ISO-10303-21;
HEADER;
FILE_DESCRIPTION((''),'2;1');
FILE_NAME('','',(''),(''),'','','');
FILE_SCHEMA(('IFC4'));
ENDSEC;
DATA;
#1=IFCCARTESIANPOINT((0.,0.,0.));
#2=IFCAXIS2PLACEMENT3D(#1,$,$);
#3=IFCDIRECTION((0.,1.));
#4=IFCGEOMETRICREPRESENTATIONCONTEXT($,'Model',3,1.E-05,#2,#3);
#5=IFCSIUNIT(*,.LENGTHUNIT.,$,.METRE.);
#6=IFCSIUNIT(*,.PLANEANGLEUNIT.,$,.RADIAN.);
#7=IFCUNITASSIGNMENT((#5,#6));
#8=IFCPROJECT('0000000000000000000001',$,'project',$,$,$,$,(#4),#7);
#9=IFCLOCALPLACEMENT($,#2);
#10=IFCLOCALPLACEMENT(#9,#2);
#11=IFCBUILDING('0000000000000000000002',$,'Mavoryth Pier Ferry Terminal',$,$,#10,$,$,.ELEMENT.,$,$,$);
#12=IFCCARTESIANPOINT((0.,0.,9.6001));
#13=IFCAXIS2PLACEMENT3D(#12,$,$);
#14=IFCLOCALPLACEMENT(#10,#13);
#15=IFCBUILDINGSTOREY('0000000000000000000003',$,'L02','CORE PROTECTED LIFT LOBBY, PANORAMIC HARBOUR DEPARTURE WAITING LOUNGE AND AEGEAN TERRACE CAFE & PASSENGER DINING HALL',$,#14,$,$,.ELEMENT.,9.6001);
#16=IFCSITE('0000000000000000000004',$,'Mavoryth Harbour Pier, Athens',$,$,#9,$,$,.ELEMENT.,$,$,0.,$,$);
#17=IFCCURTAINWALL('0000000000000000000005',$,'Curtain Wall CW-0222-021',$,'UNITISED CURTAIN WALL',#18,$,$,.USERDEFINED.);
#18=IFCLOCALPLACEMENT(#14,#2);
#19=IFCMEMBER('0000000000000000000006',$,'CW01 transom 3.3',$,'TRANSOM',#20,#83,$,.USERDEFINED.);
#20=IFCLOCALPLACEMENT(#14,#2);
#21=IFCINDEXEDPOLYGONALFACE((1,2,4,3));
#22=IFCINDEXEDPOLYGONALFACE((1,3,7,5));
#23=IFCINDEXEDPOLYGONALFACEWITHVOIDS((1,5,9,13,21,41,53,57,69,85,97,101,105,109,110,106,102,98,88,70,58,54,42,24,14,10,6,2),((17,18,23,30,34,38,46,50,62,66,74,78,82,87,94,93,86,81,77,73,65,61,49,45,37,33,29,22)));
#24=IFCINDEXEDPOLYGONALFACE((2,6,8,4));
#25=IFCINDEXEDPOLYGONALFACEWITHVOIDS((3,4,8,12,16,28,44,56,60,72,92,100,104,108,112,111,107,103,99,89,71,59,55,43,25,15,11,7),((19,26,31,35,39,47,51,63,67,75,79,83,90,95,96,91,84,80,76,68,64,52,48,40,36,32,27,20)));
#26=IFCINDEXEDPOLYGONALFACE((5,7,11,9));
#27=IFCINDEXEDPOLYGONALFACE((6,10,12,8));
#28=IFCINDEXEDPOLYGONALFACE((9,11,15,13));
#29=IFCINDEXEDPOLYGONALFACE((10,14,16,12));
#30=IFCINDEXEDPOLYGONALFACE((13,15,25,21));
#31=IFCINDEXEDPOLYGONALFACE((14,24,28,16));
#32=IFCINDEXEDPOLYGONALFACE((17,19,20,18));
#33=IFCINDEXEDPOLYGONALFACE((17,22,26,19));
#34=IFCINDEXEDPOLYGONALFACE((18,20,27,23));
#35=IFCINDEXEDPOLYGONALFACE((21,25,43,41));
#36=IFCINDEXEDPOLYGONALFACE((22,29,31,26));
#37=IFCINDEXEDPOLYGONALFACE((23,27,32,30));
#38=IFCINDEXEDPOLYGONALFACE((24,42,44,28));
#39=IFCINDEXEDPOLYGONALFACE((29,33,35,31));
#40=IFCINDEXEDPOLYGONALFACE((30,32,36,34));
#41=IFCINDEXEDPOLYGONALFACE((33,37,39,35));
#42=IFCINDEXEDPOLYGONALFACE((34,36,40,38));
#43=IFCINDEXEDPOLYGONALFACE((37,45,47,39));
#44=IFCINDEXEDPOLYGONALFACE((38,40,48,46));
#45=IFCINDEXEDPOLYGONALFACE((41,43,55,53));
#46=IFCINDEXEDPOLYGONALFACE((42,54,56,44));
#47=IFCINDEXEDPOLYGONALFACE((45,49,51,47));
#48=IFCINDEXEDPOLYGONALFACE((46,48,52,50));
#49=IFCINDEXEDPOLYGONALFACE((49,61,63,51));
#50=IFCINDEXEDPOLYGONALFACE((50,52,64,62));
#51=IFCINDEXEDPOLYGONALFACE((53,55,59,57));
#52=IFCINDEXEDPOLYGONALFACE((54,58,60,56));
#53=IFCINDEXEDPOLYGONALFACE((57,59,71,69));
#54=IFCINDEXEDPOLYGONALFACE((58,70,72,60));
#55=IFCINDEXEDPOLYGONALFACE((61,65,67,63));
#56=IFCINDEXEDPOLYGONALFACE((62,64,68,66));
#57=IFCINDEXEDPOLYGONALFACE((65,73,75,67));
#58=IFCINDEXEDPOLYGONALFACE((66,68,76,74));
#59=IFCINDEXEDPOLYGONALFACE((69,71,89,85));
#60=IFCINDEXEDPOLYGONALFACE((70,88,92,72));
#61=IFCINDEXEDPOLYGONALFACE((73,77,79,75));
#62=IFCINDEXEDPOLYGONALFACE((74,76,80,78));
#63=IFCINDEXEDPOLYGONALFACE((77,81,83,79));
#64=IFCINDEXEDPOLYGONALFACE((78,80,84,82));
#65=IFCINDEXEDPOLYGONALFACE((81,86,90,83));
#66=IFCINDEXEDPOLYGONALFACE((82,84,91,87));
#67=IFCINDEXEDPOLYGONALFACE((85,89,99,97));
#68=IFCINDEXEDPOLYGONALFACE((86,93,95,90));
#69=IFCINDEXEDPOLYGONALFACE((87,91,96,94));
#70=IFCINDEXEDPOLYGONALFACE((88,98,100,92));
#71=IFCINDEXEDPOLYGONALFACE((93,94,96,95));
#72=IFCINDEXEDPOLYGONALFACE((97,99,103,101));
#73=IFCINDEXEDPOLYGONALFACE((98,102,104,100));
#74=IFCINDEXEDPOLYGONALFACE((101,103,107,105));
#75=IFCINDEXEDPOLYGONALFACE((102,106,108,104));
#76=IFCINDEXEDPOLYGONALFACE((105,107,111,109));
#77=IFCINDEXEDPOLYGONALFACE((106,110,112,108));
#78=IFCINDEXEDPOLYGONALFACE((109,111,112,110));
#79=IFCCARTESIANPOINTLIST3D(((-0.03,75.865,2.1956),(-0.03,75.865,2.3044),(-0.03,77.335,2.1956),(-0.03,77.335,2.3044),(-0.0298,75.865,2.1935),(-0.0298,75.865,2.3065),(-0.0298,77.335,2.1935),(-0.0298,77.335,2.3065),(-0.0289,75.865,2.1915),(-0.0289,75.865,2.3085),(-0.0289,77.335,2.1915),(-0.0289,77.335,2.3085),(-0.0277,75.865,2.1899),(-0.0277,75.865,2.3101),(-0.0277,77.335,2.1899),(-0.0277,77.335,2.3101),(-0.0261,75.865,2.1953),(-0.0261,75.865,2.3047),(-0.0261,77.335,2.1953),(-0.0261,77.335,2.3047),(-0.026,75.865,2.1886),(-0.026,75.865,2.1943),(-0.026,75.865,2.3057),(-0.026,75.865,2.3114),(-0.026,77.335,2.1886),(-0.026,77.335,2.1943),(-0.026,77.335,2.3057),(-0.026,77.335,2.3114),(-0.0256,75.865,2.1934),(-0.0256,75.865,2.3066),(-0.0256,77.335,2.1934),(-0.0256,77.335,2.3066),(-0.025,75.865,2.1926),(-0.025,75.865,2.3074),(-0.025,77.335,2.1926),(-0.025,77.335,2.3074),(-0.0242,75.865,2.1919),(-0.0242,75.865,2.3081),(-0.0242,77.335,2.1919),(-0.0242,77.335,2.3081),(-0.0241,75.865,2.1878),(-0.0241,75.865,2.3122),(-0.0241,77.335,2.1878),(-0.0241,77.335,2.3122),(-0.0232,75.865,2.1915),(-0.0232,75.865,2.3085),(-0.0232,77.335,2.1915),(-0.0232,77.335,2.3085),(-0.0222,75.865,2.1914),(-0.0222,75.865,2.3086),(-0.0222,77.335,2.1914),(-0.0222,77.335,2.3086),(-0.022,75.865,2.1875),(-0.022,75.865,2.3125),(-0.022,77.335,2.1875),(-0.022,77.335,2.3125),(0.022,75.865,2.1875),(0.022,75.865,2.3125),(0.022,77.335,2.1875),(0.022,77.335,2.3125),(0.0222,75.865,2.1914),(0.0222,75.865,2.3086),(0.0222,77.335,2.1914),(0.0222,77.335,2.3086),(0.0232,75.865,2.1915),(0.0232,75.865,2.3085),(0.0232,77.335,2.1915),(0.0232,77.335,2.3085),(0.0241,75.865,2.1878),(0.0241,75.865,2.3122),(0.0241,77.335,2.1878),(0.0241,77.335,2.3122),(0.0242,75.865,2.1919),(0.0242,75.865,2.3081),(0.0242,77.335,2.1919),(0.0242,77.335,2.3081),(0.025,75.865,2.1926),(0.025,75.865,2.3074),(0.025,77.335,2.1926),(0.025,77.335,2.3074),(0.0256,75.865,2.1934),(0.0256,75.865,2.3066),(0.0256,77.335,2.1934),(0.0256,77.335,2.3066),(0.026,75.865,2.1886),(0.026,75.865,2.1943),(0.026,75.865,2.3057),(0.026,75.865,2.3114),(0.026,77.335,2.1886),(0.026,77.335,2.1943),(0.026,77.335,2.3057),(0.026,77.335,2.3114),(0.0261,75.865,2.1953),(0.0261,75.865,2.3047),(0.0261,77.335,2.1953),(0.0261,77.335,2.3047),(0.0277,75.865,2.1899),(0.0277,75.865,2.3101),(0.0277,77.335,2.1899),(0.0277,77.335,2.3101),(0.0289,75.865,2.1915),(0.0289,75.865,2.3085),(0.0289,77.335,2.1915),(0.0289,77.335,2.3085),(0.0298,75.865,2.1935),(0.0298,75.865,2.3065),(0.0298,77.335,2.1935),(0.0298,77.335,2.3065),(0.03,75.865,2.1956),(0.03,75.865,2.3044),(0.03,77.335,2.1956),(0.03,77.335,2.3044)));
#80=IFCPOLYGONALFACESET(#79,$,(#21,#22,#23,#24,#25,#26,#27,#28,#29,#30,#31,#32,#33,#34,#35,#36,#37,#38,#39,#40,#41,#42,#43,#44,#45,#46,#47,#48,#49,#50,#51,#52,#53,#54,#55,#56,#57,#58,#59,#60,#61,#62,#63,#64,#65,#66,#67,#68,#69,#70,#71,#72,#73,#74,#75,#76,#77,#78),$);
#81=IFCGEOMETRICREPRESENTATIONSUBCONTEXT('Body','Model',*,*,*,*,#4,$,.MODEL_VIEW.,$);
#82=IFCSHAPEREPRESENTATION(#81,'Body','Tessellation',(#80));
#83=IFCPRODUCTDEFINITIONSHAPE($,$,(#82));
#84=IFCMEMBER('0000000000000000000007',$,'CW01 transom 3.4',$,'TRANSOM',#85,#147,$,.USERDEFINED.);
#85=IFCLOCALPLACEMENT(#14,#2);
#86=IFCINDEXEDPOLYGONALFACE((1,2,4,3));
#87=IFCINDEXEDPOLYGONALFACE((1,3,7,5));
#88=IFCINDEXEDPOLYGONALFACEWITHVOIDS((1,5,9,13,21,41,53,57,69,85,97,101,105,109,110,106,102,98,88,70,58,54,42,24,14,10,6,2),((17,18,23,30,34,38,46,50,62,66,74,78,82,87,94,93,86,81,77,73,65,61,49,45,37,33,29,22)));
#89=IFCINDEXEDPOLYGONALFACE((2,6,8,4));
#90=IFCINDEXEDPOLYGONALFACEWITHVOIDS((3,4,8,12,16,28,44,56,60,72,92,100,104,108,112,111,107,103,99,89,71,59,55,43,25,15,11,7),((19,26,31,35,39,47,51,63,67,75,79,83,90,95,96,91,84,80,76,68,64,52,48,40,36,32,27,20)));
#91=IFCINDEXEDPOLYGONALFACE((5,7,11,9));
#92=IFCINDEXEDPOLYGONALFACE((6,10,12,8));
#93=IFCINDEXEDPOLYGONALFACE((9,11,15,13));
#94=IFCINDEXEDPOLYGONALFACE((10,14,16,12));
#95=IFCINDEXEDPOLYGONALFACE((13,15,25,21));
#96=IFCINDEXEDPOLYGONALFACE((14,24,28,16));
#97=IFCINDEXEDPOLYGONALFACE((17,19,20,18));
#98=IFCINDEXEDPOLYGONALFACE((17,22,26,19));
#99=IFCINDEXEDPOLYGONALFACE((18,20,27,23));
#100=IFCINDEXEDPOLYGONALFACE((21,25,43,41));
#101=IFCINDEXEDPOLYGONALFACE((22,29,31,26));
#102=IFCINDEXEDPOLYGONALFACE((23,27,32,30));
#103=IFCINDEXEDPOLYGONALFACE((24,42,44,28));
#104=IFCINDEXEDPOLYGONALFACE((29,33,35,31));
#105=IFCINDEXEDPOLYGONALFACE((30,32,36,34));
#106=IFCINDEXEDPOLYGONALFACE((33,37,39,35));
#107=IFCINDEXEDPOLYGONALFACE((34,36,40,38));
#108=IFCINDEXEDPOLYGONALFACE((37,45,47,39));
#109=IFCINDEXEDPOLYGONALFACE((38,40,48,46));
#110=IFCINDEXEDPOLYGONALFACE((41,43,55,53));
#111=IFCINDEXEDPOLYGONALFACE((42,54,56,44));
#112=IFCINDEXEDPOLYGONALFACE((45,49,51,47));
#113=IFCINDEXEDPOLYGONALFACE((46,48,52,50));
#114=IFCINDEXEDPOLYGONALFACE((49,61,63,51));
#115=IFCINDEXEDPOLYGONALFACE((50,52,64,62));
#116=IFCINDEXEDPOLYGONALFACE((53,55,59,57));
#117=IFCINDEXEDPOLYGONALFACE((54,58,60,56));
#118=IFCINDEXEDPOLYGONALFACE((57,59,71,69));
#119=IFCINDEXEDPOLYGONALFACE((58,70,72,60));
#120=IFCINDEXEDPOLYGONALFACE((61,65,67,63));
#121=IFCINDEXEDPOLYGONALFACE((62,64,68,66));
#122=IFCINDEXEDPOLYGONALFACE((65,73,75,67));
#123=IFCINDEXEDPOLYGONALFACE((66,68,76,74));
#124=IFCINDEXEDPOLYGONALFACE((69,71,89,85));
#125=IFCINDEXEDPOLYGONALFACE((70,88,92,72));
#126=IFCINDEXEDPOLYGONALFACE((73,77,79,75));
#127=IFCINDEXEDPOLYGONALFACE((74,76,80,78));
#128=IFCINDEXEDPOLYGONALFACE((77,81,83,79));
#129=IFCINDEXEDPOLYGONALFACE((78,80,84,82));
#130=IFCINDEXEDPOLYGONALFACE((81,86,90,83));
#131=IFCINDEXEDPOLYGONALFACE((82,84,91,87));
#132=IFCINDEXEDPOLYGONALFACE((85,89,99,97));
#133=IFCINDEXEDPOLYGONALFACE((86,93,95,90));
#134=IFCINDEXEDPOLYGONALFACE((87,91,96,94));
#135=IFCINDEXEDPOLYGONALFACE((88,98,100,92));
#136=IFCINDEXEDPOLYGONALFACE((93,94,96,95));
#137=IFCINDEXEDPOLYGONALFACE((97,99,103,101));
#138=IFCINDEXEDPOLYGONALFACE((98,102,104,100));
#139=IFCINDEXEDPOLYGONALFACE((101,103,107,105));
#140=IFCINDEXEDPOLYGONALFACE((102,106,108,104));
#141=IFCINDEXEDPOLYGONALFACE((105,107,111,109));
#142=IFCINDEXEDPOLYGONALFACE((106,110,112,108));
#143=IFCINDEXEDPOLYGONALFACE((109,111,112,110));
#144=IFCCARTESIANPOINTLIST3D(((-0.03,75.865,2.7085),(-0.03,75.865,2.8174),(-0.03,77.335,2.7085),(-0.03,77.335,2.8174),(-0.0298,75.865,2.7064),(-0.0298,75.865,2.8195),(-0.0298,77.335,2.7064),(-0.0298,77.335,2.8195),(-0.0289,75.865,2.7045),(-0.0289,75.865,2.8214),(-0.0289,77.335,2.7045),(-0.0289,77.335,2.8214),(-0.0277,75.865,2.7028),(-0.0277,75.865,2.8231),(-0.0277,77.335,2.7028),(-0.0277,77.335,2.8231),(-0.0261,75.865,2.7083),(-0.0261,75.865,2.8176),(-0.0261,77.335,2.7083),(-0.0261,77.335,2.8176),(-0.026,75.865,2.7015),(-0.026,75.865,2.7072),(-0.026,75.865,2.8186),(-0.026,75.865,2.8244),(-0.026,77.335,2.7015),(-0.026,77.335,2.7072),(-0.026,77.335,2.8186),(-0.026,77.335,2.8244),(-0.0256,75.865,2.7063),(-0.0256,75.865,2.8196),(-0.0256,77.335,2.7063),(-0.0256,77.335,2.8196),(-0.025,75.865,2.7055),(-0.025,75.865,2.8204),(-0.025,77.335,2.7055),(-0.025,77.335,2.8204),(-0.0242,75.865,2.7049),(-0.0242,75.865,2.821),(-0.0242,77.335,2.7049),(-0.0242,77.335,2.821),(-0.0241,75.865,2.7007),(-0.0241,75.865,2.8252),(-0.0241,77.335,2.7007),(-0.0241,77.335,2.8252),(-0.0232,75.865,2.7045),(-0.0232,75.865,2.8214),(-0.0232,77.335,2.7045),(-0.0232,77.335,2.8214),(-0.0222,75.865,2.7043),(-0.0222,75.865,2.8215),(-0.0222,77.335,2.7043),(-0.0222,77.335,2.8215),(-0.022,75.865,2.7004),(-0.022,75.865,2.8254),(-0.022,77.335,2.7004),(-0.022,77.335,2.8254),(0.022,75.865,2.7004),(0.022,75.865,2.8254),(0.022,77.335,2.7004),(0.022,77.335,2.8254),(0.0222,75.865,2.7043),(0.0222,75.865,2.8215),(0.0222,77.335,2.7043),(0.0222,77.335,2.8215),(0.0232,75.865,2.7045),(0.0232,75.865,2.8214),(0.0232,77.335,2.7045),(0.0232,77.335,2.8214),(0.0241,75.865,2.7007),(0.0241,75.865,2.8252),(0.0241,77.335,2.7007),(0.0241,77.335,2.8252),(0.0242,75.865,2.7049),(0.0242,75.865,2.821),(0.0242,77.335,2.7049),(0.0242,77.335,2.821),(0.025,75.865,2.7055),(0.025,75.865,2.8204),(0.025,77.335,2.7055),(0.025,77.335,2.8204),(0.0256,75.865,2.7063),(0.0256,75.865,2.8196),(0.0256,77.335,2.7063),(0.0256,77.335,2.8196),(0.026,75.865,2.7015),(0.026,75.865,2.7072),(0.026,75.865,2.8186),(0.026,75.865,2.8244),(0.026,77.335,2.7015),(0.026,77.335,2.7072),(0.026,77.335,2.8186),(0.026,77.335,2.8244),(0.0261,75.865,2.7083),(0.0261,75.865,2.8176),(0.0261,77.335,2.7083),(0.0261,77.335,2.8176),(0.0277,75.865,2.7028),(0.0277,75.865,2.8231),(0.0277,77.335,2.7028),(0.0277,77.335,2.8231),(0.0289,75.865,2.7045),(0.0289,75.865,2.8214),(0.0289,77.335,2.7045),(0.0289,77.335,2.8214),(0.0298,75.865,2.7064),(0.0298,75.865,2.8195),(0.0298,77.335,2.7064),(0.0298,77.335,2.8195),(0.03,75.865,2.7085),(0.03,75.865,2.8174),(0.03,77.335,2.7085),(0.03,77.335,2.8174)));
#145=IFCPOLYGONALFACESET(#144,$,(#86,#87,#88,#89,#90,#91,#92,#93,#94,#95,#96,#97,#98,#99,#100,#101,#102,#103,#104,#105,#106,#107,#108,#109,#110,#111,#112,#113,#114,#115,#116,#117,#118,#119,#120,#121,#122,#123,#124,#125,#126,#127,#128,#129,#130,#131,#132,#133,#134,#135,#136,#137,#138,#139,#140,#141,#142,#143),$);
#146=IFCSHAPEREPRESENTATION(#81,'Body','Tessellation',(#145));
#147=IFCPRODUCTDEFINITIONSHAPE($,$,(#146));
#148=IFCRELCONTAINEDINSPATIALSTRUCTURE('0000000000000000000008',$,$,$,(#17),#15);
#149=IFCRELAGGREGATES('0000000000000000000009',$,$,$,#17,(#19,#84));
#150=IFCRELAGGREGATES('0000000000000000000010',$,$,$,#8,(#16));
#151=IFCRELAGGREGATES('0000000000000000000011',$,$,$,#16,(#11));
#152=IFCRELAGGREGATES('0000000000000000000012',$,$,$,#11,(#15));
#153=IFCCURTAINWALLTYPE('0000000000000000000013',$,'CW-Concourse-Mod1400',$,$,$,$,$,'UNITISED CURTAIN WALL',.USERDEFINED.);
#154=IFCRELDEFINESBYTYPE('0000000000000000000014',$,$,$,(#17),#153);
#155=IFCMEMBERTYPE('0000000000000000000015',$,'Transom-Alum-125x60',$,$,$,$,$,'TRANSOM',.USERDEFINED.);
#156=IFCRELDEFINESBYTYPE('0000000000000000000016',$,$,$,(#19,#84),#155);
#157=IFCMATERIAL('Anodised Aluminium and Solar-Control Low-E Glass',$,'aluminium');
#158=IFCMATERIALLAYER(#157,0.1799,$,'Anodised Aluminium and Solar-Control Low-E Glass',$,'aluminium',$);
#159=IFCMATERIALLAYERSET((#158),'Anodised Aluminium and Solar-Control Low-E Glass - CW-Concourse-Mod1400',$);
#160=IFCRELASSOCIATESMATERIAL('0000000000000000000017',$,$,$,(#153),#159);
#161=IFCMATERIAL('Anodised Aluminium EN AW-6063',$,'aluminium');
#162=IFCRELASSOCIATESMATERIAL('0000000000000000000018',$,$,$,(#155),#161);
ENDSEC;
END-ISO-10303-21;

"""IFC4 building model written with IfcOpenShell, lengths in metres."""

from ifc_helpers import new_model, si_unit, direction, frame, origin, origin_2d, place, context, subcontext, project, spatial, hollow_rectangle, extrude, material, layer, layer_set, material_profile, profile_set, type_object, element, aggregate, save


model = new_model("IFC4")

# Units and contexts
model_context = context("Model", 3, precision=1e-05, world=origin(), true_north=direction((0.0, 1.0)))
body_context = subcontext(model_context, "Body", "Model", "MODEL_VIEW")
ifc_project = project(units=[si_unit("LENGTHUNIT", "METRE"), si_unit("PLANEANGLEUNIT", "RADIAN")], contexts=[model_context])

# Site, building, storey
site_placement = place(None, origin())
site = spatial("IfcSite", under=ifc_project, at=site_placement, Name="Mavoryth Harbour Pier, Athens", CompositionType="ELEMENT", RefElevation=0.0)
building_placement = place(site_placement, origin())
building = spatial("IfcBuilding", under=site, at=building_placement, Name="Mavoryth Pier Ferry Terminal", CompositionType="ELEMENT")
storey_placement = place(building_placement, frame((0.0, 0.0, 9.6001)))
storey = spatial("IfcBuildingStorey", under=building, at=storey_placement, Name="L02", Description="CORE PROTECTED LIFT LOBBY, PANORAMIC HARBOUR DEPARTURE WAITING LOUNGE AND AEGEAN TERRACE CAFE & PASSENGER DINING HALL", CompositionType="ELEMENT", Elevation=9.6001)

# Curtain wall
ifc_material_1 = material(Name="Anodised Aluminium and Solar-Control Low-E Glass", Category="aluminium")
ifc_layer_1 = layer(ifc_material_1, 0.1799, Name="Anodised Aluminium and Solar-Control Low-E Glass", Category="aluminium")
ifc_layer_set_1 = layer_set([ifc_layer_1], Name="Anodised Aluminium and Solar-Control Low-E Glass - CW-Concourse-Mod1400")
curtain_wall_type = type_object("IfcCurtainWallType", Name="CW-Concourse-Mod1400", ElementType="UNITISED CURTAIN WALL", PredefinedType="USERDEFINED", material=ifc_layer_set_1)
curtain_wall_placement = place(storey_placement, origin())
curtain_wall = element("IfcCurtainWall", 1, at=curtain_wall_placement, inside=storey, type_object=curtain_wall_type, Name="Curtain Wall CW-0222-021", ObjectType="UNITISED CURTAIN WALL", PredefinedType="USERDEFINED")
ifc_material_2 = material(Name="Anodised Aluminium EN AW-6063", Category="aluminium")

# Members
ifc_material_profile_1 = material_profile(ifc_material_2, hollow_rectangle(XDim=0.0601, YDim=0.125, WallThickness=0.0039, InnerFilletRadius=0.0039, OuterFilletRadius=0.0081, at=origin_2d()), Name="AL-TRAN 125x60x4", Category="aluminium")
ifc_profile_set_1 = profile_set([ifc_material_profile_1], Name="Anodised Aluminium EN AW-6063 - AL-TRAN 125x60x4")
member_type_1 = type_object("IfcMemberType", Name="Transom-Alum-125x60", ElementType="TRANSOM", PredefinedType="USERDEFINED", material=ifc_profile_set_1)
member_1_placement = place(storey_placement, frame((0.0, 77.335, 2.25), z_axis=(0.0, -1.0, 0.0), x_axis=(1.0, 0.0, 0.0)))
member_1 = element("IfcMember", 2, at=member_1_placement, type_object=member_type_1, Name="CW01 transom 3.3", ObjectType="TRANSOM", PredefinedType="USERDEFINED", context=body_context, shape_type="SweptSolid", body=[
    extrude(hollow_rectangle(XDim=0.0601, YDim=0.125, WallThickness=0.0039, InnerFilletRadius=0.0039, OuterFilletRadius=0.0081, at=origin_2d()), origin(), (0.0, 0.0, 1.0), 1.47),
])
member_2_placement = place(storey_placement, frame((0.0, 77.335, 2.7629), z_axis=(0.0, -1.0, 0.0), x_axis=(1.0, 0.0, 0.0)))
member_2 = element("IfcMember", 3, at=member_2_placement, type_object=member_type_1, Name="CW01 transom 3.4", ObjectType="TRANSOM", PredefinedType="USERDEFINED", context=body_context, shape_type="SweptSolid", body=[
    extrude(hollow_rectangle(XDim=0.0601, YDim=0.125, WallThickness=0.0039, InnerFilletRadius=0.0039, OuterFilletRadius=0.0081, at=origin_2d()), origin(), (0.0, 0.0, 1.0), 1.47),
])

aggregate(curtain_wall, [member_1, member_2])

save(model, "model.ifc")
